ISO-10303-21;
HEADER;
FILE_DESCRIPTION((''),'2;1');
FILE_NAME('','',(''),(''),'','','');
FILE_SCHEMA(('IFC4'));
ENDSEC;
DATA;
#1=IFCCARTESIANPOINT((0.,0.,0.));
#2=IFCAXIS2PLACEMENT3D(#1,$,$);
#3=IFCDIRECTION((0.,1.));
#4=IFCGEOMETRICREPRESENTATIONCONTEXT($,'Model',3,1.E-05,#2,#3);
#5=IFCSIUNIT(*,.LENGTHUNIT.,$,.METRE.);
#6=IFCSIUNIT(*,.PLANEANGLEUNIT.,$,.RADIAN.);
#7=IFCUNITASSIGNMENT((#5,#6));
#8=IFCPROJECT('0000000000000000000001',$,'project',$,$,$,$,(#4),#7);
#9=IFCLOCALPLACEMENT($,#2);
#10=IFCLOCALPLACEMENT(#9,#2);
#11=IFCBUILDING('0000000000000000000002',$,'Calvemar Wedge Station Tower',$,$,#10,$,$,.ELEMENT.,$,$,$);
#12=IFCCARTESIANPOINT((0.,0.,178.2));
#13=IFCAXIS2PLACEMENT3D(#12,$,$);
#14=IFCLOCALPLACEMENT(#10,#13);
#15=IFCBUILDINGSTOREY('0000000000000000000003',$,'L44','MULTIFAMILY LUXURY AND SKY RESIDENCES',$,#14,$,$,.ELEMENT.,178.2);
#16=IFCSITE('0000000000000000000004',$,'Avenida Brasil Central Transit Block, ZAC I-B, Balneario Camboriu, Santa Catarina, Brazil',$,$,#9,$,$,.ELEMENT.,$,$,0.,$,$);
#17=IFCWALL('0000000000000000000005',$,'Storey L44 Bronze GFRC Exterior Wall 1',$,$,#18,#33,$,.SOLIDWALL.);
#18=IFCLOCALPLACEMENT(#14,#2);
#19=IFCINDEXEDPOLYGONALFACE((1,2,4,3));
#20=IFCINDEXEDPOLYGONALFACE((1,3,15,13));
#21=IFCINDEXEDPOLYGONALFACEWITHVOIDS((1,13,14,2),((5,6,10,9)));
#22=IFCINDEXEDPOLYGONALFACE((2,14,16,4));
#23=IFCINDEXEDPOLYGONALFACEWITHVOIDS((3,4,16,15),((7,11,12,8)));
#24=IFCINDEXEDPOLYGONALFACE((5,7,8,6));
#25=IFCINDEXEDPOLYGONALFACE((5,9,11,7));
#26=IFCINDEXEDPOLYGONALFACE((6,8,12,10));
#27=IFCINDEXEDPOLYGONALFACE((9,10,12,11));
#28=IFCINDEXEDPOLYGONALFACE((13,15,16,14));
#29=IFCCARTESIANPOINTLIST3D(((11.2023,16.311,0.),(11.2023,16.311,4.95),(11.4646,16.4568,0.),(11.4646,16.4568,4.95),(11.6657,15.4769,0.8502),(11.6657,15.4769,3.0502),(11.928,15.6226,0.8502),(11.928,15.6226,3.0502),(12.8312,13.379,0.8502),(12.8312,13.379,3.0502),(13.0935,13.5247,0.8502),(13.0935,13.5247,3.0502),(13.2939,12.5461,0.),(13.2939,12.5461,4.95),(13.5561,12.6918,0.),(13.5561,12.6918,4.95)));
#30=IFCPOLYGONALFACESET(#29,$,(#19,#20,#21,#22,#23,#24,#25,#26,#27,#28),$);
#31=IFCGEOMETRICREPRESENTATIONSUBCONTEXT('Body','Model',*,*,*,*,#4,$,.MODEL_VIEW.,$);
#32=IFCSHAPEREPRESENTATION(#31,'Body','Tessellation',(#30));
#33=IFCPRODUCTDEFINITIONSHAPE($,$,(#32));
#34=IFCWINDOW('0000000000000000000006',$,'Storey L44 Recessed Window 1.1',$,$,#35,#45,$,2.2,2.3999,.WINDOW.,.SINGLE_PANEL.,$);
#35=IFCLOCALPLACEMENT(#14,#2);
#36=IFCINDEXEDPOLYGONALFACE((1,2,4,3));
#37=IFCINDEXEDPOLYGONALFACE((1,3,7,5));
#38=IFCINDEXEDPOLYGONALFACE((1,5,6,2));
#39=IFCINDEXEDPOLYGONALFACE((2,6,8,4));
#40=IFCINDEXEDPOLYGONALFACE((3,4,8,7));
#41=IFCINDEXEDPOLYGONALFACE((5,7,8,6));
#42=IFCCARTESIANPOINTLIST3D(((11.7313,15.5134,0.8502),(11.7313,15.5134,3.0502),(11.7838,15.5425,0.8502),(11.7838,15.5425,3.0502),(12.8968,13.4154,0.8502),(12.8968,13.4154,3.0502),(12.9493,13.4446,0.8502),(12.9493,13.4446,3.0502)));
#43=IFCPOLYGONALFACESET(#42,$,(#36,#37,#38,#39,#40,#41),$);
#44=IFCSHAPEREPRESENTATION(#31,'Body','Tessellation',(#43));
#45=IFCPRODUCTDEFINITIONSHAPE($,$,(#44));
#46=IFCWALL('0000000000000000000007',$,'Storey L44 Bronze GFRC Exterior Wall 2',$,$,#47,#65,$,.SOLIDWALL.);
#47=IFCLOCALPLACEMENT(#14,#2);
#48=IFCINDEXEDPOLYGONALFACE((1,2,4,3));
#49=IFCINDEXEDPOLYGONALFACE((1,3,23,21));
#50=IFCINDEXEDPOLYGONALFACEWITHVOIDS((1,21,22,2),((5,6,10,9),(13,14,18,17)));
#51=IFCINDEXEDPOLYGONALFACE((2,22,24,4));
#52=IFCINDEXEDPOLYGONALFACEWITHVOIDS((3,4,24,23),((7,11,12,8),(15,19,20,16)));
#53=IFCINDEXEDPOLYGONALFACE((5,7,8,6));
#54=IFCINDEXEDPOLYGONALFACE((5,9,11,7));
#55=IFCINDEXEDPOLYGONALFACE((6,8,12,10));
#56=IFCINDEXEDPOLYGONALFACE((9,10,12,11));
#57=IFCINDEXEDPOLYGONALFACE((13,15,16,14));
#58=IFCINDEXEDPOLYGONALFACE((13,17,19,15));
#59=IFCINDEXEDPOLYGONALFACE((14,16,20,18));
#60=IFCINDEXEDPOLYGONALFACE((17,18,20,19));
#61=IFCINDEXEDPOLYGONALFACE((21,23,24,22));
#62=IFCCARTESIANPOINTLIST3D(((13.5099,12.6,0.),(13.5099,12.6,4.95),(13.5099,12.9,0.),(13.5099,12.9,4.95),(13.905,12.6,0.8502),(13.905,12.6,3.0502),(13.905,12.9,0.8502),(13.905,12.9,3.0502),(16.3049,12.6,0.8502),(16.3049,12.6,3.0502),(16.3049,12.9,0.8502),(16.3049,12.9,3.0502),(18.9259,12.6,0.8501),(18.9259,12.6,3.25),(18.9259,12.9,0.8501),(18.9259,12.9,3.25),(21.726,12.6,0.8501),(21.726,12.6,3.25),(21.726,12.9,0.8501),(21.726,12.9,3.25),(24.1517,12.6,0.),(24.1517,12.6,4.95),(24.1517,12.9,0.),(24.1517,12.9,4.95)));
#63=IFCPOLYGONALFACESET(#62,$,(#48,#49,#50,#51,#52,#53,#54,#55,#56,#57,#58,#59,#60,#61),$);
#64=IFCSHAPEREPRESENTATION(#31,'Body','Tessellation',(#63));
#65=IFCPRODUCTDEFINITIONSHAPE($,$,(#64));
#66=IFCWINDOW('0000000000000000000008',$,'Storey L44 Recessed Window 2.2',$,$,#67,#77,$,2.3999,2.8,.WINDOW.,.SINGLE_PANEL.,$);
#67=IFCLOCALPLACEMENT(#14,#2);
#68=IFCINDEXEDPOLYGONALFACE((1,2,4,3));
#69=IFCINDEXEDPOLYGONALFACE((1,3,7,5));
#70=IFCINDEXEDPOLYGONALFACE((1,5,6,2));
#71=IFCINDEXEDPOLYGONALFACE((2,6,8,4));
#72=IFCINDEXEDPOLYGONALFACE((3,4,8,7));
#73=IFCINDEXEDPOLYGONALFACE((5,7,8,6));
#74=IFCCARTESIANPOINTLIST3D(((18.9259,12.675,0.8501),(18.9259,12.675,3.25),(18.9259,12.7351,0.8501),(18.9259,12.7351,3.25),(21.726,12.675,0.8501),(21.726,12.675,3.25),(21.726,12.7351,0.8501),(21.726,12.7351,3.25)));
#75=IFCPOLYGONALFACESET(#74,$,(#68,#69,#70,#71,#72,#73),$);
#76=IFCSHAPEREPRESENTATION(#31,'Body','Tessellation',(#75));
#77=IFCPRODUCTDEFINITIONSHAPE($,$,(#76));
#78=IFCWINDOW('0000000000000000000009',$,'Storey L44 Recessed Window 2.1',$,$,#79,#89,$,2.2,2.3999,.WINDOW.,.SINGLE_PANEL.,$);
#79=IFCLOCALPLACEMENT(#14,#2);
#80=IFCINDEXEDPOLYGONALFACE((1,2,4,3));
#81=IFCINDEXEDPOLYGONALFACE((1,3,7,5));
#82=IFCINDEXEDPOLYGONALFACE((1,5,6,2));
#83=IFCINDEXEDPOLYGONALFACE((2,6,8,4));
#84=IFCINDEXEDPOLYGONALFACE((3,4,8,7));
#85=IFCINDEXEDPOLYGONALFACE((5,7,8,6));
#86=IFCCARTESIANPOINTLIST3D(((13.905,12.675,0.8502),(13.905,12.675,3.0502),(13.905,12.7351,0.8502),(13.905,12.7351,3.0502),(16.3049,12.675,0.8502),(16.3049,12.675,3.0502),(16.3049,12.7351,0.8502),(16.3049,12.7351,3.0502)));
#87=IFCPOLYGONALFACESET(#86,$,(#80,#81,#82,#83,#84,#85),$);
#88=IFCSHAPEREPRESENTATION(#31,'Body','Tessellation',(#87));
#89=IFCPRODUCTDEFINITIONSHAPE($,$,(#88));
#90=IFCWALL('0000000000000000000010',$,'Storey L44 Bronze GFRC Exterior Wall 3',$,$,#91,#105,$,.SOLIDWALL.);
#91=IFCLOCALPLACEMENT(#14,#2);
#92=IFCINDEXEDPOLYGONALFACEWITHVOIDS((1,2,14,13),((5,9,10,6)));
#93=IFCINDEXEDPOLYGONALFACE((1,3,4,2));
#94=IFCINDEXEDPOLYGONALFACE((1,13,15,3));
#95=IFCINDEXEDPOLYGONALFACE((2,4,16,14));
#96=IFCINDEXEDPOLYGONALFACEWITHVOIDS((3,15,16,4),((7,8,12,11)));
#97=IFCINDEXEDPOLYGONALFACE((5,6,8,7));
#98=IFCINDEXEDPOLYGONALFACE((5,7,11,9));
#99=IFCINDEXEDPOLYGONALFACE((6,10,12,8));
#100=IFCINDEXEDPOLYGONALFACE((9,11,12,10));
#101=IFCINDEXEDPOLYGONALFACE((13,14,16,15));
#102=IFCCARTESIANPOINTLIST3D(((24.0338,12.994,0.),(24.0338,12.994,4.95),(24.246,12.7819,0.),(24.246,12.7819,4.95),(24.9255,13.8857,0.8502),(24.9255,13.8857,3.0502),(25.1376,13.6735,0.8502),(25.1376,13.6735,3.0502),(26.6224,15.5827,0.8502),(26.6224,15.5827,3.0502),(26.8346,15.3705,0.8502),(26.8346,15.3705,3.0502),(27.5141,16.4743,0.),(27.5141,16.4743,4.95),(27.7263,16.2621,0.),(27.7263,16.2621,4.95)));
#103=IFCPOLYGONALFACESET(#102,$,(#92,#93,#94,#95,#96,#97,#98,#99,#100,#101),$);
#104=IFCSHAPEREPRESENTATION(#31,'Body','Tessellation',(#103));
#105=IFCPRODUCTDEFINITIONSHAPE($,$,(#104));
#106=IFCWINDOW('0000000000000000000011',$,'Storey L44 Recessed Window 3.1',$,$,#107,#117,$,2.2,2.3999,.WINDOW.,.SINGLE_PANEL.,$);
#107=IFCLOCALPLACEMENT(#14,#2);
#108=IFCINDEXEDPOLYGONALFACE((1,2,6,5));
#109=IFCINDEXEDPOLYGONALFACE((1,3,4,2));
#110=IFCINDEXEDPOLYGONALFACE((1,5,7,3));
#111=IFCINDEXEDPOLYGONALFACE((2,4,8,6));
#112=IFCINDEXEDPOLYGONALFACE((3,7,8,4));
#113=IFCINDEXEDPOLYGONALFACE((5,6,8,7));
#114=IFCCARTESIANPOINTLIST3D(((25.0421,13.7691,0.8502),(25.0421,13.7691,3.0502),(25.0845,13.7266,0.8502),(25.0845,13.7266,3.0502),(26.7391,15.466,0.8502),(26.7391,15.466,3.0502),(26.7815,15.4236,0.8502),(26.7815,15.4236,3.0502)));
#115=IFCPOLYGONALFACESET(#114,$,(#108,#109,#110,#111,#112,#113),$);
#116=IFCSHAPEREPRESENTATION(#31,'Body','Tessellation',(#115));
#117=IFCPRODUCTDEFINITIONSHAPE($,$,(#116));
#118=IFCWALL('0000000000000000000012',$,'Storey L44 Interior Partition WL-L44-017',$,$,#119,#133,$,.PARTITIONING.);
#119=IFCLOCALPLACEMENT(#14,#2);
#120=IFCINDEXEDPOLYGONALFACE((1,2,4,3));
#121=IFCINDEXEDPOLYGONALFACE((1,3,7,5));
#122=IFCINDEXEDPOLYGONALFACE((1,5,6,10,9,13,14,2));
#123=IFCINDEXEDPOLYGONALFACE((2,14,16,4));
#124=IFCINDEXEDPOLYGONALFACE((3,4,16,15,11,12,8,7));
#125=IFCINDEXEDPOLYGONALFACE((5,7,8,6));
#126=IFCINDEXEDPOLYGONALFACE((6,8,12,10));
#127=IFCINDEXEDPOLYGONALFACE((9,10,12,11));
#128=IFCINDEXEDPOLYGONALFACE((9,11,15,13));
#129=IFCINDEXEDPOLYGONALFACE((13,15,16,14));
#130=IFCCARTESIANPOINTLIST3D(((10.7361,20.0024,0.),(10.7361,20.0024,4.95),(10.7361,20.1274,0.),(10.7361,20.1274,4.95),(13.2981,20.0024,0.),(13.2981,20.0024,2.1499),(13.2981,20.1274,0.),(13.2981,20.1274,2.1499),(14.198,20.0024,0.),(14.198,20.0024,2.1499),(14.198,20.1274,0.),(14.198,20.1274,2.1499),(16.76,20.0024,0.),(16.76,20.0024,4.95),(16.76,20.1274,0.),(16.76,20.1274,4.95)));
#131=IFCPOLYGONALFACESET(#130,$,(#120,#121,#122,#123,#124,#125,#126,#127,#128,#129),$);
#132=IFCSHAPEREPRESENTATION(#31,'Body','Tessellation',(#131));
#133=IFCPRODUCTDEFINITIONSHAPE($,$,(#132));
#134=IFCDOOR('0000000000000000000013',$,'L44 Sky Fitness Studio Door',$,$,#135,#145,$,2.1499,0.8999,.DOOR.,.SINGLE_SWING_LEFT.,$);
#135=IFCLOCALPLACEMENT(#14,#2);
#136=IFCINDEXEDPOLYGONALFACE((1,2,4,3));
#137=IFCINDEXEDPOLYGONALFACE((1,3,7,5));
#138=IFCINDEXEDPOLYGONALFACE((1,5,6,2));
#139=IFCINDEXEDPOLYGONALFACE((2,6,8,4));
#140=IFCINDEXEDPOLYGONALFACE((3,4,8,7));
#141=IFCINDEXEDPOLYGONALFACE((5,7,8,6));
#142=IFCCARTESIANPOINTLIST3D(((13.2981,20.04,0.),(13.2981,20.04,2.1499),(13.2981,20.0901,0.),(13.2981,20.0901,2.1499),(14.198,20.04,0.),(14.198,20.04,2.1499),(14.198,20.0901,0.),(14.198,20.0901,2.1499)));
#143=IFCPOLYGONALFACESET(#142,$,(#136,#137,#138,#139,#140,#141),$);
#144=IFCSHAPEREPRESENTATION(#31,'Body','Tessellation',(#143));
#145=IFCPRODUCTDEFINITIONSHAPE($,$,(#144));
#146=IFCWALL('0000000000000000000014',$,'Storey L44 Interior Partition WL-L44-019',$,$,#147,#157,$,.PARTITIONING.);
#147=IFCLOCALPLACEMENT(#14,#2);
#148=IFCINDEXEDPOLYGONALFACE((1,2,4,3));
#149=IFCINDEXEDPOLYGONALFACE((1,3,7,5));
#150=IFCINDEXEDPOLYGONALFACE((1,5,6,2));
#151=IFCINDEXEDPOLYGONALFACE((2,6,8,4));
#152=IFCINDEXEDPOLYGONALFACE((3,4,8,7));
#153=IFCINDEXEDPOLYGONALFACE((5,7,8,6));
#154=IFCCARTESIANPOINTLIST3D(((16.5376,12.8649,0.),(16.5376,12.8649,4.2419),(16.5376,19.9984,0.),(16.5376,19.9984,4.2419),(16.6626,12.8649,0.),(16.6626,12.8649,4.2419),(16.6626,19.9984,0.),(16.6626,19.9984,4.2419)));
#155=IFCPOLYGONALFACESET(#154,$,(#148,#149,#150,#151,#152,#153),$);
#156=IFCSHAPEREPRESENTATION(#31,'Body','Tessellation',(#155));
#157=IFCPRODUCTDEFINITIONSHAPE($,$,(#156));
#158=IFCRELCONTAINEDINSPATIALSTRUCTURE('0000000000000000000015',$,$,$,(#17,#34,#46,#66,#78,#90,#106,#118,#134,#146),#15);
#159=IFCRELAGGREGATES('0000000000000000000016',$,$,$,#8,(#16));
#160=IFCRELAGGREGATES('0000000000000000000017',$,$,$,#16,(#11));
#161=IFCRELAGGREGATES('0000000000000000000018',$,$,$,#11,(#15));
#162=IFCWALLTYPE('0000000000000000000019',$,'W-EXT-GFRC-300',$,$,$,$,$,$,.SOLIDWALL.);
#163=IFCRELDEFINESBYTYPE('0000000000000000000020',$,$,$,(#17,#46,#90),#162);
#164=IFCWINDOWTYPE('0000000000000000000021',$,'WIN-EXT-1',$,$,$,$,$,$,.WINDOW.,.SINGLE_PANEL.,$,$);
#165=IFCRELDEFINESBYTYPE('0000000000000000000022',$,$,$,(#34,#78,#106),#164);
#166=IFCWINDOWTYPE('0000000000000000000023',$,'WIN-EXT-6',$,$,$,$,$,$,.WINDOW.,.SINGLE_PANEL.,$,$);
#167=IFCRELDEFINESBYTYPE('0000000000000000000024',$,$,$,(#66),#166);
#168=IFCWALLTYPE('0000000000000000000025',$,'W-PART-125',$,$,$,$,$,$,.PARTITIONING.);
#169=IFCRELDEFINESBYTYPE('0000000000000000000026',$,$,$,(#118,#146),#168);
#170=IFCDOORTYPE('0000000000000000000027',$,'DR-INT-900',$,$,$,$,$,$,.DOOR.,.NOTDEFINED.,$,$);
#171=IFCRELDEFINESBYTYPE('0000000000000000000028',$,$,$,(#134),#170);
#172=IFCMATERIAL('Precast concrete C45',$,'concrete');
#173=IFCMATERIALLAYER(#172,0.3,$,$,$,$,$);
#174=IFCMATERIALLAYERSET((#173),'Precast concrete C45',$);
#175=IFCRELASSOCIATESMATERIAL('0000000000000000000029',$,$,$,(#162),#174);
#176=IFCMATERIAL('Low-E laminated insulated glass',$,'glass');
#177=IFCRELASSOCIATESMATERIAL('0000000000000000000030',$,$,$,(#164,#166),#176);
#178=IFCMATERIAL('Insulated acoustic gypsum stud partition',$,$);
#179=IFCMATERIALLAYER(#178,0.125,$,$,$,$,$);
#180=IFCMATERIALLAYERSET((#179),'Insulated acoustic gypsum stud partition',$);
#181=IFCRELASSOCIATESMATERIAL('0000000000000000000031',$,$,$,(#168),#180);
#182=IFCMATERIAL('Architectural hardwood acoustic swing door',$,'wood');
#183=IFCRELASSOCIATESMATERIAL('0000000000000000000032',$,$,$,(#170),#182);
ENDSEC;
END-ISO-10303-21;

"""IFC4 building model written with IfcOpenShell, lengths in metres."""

from ifc_helpers import new_model, si_unit, direction, frame, frame_2d, origin, place, context, subcontext, project, spatial, rectangle, extrude, source, transform, mapped, material, layer, layer_set, type_object, element, fill, save


model = new_model("IFC4")

# Units and contexts
model_context = context("Model", 3, precision=1e-05, world=origin(), true_north=direction((0.0, 1.0)))
body_context = subcontext(model_context, "Body", "Model", "MODEL_VIEW")
ifc_project = project(units=[si_unit("LENGTHUNIT", "METRE"), si_unit("PLANEANGLEUNIT", "RADIAN")], contexts=[model_context])

# Site, building, storey
site_placement = place(None, origin())
site = spatial("IfcSite", under=ifc_project, at=site_placement, Name="Avenida Brasil Central Transit Block, ZAC I-B, Balneario Camboriu, Santa Catarina, Brazil", CompositionType="ELEMENT", RefElevation=0.0)
building_placement = place(site_placement, origin())
building = spatial("IfcBuilding", under=site, at=building_placement, Name="Calvemar Wedge Station Tower", CompositionType="ELEMENT")
storey_placement = place(building_placement, frame((0.0, 0.0, 178.2)))
storey = spatial("IfcBuildingStorey", under=building, at=storey_placement, Name="L44", Description="MULTIFAMILY LUXURY AND SKY RESIDENCES", CompositionType="ELEMENT", Elevation=178.2)

# Shared definitions
ifc_material_1 = material(Name="Precast concrete C45", Category="concrete")

# Wall, opening, window
ifc_layer_1 = layer(ifc_material_1, 0.3)
ifc_layer_set_1 = layer_set([ifc_layer_1], Name="Precast concrete C45")
wall_type_1 = type_object("IfcWallType", Name="W-EXT-GFRC-300", PredefinedType="SOLIDWALL", material=ifc_layer_set_1)
wall_1_placement = place(storey_placement, frame((11.3335, 16.3838, 0.0), z_axis=(0.0, 0.0, 1.0), x_axis=(0.485633, -0.874163, 0.0)))
wall_1 = element("IfcWall", 1, at=wall_1_placement, inside=storey, type_object=wall_type_1, Name="Storey L44 Bronze GFRC Exterior Wall 1", PredefinedType="SOLIDWALL", context=body_context, shape_type="SweptSolid", body=[
    extrude(rectangle(XDim=4.3069, YDim=0.3, at=frame_2d((2.1533, 0.0))), origin(), (0.0, 0.0, 1.0), 4.95),
])
shared_shape_1 = source(origin(), body_context, "Body", "SweptSolid", [
    extrude(rectangle(XDim=2.3999, YDim=2.2, at=frame_2d((1.2, 1.1001))), frame((0.0, 0.1602, 0.0), z_axis=(0.0, -1.0, 0.0), x_axis=(1.0, 0.0, 0.0)), (0.0, 0.0, 1.0), 0.3201),
])
opening_1_placement = place(wall_1_placement, frame((0.9541, 0.0, 0.8501)))
opening_1 = element("IfcOpeningElement", 2, at=opening_1_placement, cuts=wall_1, PredefinedType="OPENING", context=body_context, shape_type="MappedRepresentation", body=[
    mapped(shared_shape_1, transform((0.0, 0.0, 0.0), scale=1.0)),
])
ifc_material_2 = material(Name="Low-E laminated insulated glass", Category="glass")
window_type_1 = type_object("IfcWindowType", Name="WIN-EXT-1", PartitioningType="SINGLE_PANEL", PredefinedType="WINDOW", material=ifc_material_2)
shared_shape_2 = source(origin(), body_context, "Body", "SweptSolid", [
    extrude(rectangle(XDim=2.3999, YDim=2.2, at=frame_2d((1.2, 1.1001))), frame((0.0, -0.0149, 0.0), z_axis=(0.0, -1.0, 0.0), x_axis=(1.0, 0.0, 0.0)), (0.0, 0.0, 1.0), 0.0601),
])
window_1_placement = place(opening_1_placement, origin())
window_1 = element("IfcWindow", 3, at=window_1_placement, inside=storey, type_object=window_type_1, Name="Storey L44 Recessed Window 1.1", OverallHeight=2.2, OverallWidth=2.3999, PartitioningType="SINGLE_PANEL", PredefinedType="WINDOW", context=body_context, shape_type="MappedRepresentation", body=[
    mapped(shared_shape_2, transform((0.0, 0.0, 0.0), scale=1.0)),
])
fill(opening_1, window_1)

# Wall, openings, windows
wall_2_placement = place(storey_placement, frame((13.51, 12.75, 0.0), z_axis=(0.0, 0.0, 1.0), x_axis=(1.0, 0.0, 0.0)))
wall_2 = element("IfcWall", 4, at=wall_2_placement, inside=storey, type_object=wall_type_1, Name="Storey L44 Bronze GFRC Exterior Wall 2", PredefinedType="SOLIDWALL", context=body_context, shape_type="SweptSolid", body=[
    extrude(rectangle(XDim=10.6418, YDim=0.3, at=frame_2d((5.3208, 0.0))), origin(), (0.0, 0.0, 1.0), 4.95),
])
opening_2_placement = place(wall_2_placement, frame((0.395, 0.0, 0.8501)))
opening_2 = element("IfcOpeningElement", 5, at=opening_2_placement, cuts=wall_2, PredefinedType="OPENING", context=body_context, shape_type="MappedRepresentation", body=[
    mapped(shared_shape_1, transform((0.0, 0.0, 0.0), scale=1.0)),
])
shared_shape_3 = source(origin(), body_context, "Body", "SweptSolid", [
    extrude(rectangle(XDim=2.8, YDim=2.3999, at=frame_2d((1.3999, 1.2))), frame((0.0, 0.1602, 0.0), z_axis=(0.0, -1.0, 0.0), x_axis=(1.0, 0.0, 0.0)), (0.0, 0.0, 1.0), 0.3201),
])
opening_3_placement = place(wall_2_placement, frame((5.416, 0.0, 0.8501)))
opening_3 = element("IfcOpeningElement", 6, at=opening_3_placement, cuts=wall_2, PredefinedType="OPENING", context=body_context, shape_type="MappedRepresentation", body=[
    mapped(shared_shape_3, transform((0.0, 0.0, 0.0), scale=1.0)),
])
window_type_2 = type_object("IfcWindowType", Name="WIN-EXT-6", PartitioningType="SINGLE_PANEL", PredefinedType="WINDOW", material=ifc_material_2)
shared_shape_4 = source(origin(), body_context, "Body", "SweptSolid", [
    extrude(rectangle(XDim=2.8, YDim=2.3999, at=frame_2d((1.3999, 1.2))), frame((0.0, -0.0149, 0.0), z_axis=(0.0, -1.0, 0.0), x_axis=(1.0, 0.0, 0.0)), (0.0, 0.0, 1.0), 0.0601),
])
window_2_placement = place(opening_3_placement, origin())
window_2 = element("IfcWindow", 7, at=window_2_placement, inside=storey, type_object=window_type_2, Name="Storey L44 Recessed Window 2.2", OverallHeight=2.3999, OverallWidth=2.8, PartitioningType="SINGLE_PANEL", PredefinedType="WINDOW", context=body_context, shape_type="MappedRepresentation", body=[
    mapped(shared_shape_4, transform((0.0, 0.0, 0.0), scale=1.0)),
])
fill(opening_3, window_2)
window_3_placement = place(opening_2_placement, origin())
window_3 = element("IfcWindow", 8, at=window_3_placement, inside=storey, type_object=window_type_1, Name="Storey L44 Recessed Window 2.1", OverallHeight=2.2, OverallWidth=2.3999, PartitioningType="SINGLE_PANEL", PredefinedType="WINDOW", context=body_context, shape_type="MappedRepresentation", body=[
    mapped(shared_shape_2, transform((0.0, 0.0, 0.0), scale=1.0)),
])
fill(opening_2, window_3)

# Wall, opening, window
wall_3_placement = place(storey_placement, frame((24.1399, 12.8879, 0.0), z_axis=(0.0, 0.0, 1.0), x_axis=(0.707107, 0.707107, 0.0)))
wall_3 = element("IfcWall", 9, at=wall_3_placement, inside=storey, type_object=wall_type_1, Name="Storey L44 Bronze GFRC Exterior Wall 3", PredefinedType="SOLIDWALL", context=body_context, shape_type="SweptSolid", body=[
    extrude(rectangle(XDim=4.9219, YDim=0.3, at=frame_2d((2.4609, 0.0))), origin(), (0.0, 0.0, 1.0), 4.95),
])
opening_4_placement = place(wall_3_placement, frame((1.261, 0.0, 0.8501)))
opening_4 = element("IfcOpeningElement", 10, at=opening_4_placement, cuts=wall_3, PredefinedType="OPENING", context=body_context, shape_type="MappedRepresentation", body=[
    mapped(shared_shape_1, transform((0.0, 0.0, 0.0), scale=1.0)),
])
window_4_placement = place(opening_4_placement, origin())
window_4 = element("IfcWindow", 11, at=window_4_placement, inside=storey, type_object=window_type_1, Name="Storey L44 Recessed Window 3.1", OverallHeight=2.2, OverallWidth=2.3999, PartitioningType="SINGLE_PANEL", PredefinedType="WINDOW", context=body_context, shape_type="MappedRepresentation", body=[
    mapped(shared_shape_2, transform((0.0, 0.0, 0.0), scale=1.0)),
])
fill(opening_4, window_4)

# Wall, opening, door
ifc_material_3 = material(Name="Insulated acoustic gypsum stud partition")
ifc_layer_2 = layer(ifc_material_3, 0.125)
ifc_layer_set_2 = layer_set([ifc_layer_2], Name="Insulated acoustic gypsum stud partition")
wall_type_2 = type_object("IfcWallType", Name="W-PART-125", PredefinedType="PARTITIONING", material=ifc_layer_set_2)
wall_4_placement = place(storey_placement, frame((16.76, 20.0649, 0.0), z_axis=(0.0, 0.0, 1.0), x_axis=(-1.0, 0.0, 0.0)))
wall_4 = element("IfcWall", 12, at=wall_4_placement, inside=storey, type_object=wall_type_2, Name="Storey L44 Interior Partition WL-L44-017", PredefinedType="PARTITIONING", context=body_context, shape_type="SweptSolid", body=[
    extrude(rectangle(XDim=6.0239, YDim=0.125, at=frame_2d((3.012, 0.0))), origin(), (0.0, 0.0, 1.0), 4.95),
])
shared_shape_5 = source(origin(), body_context, "Body", "SweptSolid", [
    extrude(rectangle(XDim=0.8999, YDim=2.1499, at=frame_2d((0.45, 1.075))), frame((0.0, 0.0725, 0.0), z_axis=(0.0, -1.0, 0.0), x_axis=(1.0, 0.0, 0.0)), (0.0, 0.0, 1.0), 0.145),
])
opening_5_placement = place(wall_4_placement, frame((2.562, 0.0, 0.0)))
opening_5 = element("IfcOpeningElement", 13, at=opening_5_placement, cuts=wall_4, PredefinedType="OPENING", context=body_context, shape_type="MappedRepresentation", body=[
    mapped(shared_shape_5, transform((0.0, 0.0, 0.0), scale=1.0)),
])
ifc_material_4 = material(Name="Architectural hardwood acoustic swing door", Category="wood")
door_type = type_object("IfcDoorType", Name="DR-INT-900", OperationType="NOTDEFINED", PredefinedType="DOOR", material=ifc_material_4)
shared_shape_6 = source(origin(), body_context, "Body", "SweptSolid", [
    extrude(rectangle(XDim=0.8999, YDim=2.1499, at=frame_2d((0.45, 1.075))), frame((0.0, 0.0249, 0.0), z_axis=(0.0, -1.0, 0.0), x_axis=(1.0, 0.0, 0.0)), (0.0, 0.0, 1.0), 0.05),
])
door_placement = place(opening_5_placement, origin())
door = element("IfcDoor", 14, at=door_placement, inside=storey, type_object=door_type, Name="L44 Sky Fitness Studio Door", OperationType="SINGLE_SWING_LEFT", OverallHeight=2.1499, OverallWidth=0.8999, PredefinedType="DOOR", context=body_context, shape_type="MappedRepresentation", body=[
    mapped(shared_shape_6, transform((0.0, 0.0, 0.0), scale=1.0)),
])
fill(opening_5, door)

# Wall
wall_5_placement = place(storey_placement, frame((16.6001, 19.9985, 0.0), z_axis=(0.0, 0.0, 1.0), x_axis=(0.0, -1.0, 0.0)))
element("IfcWall", 15, at=wall_5_placement, inside=storey, type_object=wall_type_2, Name="Storey L44 Interior Partition WL-L44-019", PredefinedType="PARTITIONING", context=body_context, shape_type="SweptSolid", body=[
    extrude(rectangle(XDim=7.1335, YDim=0.125, at=frame_2d((3.5669, 0.0))), origin(), (0.0, 0.0, 1.0), 4.2419),
])

save(model, "model.ifc")
